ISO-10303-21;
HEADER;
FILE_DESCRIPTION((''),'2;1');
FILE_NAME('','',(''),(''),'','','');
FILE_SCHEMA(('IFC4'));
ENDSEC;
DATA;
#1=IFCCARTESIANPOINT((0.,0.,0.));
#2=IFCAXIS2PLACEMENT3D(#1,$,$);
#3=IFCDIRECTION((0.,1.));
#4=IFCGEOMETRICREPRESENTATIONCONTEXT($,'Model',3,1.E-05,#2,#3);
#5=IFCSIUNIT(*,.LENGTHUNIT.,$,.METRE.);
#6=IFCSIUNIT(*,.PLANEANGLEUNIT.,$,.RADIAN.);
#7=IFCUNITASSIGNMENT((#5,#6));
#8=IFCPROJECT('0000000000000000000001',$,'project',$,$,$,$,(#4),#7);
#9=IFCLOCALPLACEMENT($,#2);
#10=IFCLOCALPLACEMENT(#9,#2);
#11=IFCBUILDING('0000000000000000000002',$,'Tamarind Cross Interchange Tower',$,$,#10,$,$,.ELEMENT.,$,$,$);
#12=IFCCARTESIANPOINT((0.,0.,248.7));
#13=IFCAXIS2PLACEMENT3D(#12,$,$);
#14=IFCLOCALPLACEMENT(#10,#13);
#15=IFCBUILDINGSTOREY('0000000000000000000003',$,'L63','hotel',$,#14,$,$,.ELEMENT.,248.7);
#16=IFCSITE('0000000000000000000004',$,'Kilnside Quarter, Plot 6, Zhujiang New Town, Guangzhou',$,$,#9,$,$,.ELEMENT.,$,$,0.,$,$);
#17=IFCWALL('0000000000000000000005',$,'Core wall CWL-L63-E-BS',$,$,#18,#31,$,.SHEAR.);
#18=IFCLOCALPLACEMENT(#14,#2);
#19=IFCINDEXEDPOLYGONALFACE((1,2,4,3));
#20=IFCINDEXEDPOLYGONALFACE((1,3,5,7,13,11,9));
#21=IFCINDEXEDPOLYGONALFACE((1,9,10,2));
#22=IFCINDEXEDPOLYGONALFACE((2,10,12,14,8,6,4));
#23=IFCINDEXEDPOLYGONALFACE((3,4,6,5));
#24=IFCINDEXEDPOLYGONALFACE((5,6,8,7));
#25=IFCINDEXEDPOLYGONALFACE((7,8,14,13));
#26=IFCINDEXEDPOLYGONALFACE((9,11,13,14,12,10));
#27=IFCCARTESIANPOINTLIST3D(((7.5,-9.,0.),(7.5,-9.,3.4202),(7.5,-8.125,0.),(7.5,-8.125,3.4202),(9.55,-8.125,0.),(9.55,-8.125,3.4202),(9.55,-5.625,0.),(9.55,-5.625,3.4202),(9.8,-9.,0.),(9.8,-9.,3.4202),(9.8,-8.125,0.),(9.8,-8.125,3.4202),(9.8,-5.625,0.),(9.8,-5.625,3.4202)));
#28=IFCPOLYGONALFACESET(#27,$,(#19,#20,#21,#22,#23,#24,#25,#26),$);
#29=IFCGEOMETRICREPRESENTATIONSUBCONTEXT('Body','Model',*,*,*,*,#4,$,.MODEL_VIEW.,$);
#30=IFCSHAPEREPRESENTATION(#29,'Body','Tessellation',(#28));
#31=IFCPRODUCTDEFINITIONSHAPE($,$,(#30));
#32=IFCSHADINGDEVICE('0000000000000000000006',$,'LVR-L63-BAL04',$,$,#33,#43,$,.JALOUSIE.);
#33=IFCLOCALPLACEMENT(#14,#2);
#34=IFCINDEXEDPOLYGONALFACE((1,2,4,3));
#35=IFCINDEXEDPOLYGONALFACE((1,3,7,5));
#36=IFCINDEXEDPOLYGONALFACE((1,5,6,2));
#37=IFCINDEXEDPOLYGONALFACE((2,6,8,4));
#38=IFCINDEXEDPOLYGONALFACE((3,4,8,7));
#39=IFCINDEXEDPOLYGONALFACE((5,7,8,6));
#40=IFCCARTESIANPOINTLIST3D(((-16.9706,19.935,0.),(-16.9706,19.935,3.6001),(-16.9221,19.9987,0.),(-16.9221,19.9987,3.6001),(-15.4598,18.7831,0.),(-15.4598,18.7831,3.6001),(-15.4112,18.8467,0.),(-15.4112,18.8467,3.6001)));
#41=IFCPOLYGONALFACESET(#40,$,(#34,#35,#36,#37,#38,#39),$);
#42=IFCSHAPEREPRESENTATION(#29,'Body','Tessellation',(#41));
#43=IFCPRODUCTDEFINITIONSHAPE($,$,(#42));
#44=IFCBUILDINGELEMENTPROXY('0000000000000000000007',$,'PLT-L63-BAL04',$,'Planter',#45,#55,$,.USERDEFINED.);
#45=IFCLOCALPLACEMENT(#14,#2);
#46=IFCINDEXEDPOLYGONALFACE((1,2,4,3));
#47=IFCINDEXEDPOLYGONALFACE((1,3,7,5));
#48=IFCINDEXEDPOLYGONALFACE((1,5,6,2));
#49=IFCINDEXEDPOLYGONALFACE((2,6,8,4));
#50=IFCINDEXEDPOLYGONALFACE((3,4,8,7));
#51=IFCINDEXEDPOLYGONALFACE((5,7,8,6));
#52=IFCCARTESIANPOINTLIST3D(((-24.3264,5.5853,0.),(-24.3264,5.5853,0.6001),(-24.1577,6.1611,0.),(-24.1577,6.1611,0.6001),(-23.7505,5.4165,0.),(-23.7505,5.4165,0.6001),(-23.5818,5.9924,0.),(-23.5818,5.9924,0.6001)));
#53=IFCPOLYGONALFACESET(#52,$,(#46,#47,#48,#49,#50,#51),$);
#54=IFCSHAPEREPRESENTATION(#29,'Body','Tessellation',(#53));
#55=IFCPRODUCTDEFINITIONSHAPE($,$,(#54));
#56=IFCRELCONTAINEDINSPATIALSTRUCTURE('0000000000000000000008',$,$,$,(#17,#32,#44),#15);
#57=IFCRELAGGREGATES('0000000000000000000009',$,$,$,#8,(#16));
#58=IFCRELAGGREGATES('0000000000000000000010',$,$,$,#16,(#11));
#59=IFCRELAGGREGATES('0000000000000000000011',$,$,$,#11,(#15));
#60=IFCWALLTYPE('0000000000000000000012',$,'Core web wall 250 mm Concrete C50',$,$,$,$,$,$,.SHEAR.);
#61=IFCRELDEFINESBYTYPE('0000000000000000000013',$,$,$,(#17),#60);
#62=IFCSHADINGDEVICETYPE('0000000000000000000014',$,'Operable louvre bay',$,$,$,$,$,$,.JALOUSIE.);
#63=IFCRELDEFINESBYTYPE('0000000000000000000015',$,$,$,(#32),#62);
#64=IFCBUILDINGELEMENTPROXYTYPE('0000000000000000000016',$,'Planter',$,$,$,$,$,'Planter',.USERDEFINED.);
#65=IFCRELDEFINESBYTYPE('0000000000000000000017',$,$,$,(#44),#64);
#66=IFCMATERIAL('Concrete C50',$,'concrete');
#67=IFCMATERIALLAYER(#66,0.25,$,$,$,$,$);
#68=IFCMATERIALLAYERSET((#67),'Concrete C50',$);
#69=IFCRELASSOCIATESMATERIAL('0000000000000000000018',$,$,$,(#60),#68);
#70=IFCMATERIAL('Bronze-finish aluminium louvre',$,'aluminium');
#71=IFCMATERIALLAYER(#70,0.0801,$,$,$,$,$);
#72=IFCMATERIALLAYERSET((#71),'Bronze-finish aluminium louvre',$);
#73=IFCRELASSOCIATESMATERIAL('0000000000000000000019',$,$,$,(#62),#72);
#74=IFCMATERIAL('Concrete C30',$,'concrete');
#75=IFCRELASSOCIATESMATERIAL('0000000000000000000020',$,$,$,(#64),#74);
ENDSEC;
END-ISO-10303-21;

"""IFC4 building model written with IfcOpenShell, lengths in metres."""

from ifc_helpers import new_model, si_unit, direction, frame, origin, origin_2d, place, context, subcontext, project, spatial, polyline, rectangle, outline, extrude, material, layer, layer_set, type_object, element, save


model = new_model("IFC4")

# Units and contexts
model_context = context("Model", 3, precision=1e-05, world=origin(), true_north=direction((0.0, 1.0)))
body_context = subcontext(model_context, "Body", "Model", "MODEL_VIEW")
ifc_project = project(units=[si_unit("LENGTHUNIT", "METRE"), si_unit("PLANEANGLEUNIT", "RADIAN")], contexts=[model_context])

# Site, building, storey
site_placement = place(None, origin())
site = spatial("IfcSite", under=ifc_project, at=site_placement, Name="Kilnside Quarter, Plot 6, Zhujiang New Town, Guangzhou", CompositionType="ELEMENT", RefElevation=0.0)
building_placement = place(site_placement, origin())
building = spatial("IfcBuilding", under=site, at=building_placement, Name="Tamarind Cross Interchange Tower", CompositionType="ELEMENT")
storey_placement = place(building_placement, frame((0.0, 0.0, 248.7)))
storey = spatial("IfcBuildingStorey", under=building, at=storey_placement, Name="L63", Description="hotel", CompositionType="ELEMENT", Elevation=248.7)

# Wall
ifc_material_1 = material(Name="Concrete C50", Category="concrete")
ifc_layer_1 = layer(ifc_material_1, 0.25)
ifc_layer_set_1 = layer_set([ifc_layer_1], Name="Concrete C50")
wall_type_1 = type_object("IfcWallType", Name="Core web wall 250 mm Concrete C50", PredefinedType="SHEAR", material=ifc_layer_set_1)
wall_1_placement = place(storey_placement, origin())
element("IfcWall", 1, at=wall_1_placement, inside=storey, type_object=wall_type_1, Name="Core wall CWL-L63-E-BS", PredefinedType="SHEAR", context=body_context, shape_type="SweptSolid", body=[
    extrude(outline(polyline([(7.5, -8.125), (7.5, -9.0), (9.8, -9.0), (9.8, -8.125), (9.8, -5.625), (9.55, -5.625), (9.55, -8.125), (7.5, -8.125)])), origin(), (0.0, 0.0, 1.0), 3.4202),
])

# Shading device
ifc_material_2 = material(Name="Bronze-finish aluminium louvre", Category="aluminium")
ifc_layer_2 = layer(ifc_material_2, 0.0801)
ifc_layer_set_2 = layer_set([ifc_layer_2], Name="Bronze-finish aluminium louvre")
shading_device_type = type_object("IfcShadingDeviceType", Name="Operable louvre bay", PredefinedType="JALOUSIE", material=ifc_layer_set_2)
shading_device_placement = place(storey_placement, origin())
element("IfcShadingDevice", 2, at=shading_device_placement, inside=storey, type_object=shading_device_type, Name="LVR-L63-BAL04", PredefinedType="JALOUSIE", context=body_context, shape_type="SweptSolid", body=[
    extrude(rectangle(XDim=1.8999, YDim=0.0801, at=origin_2d()), frame((-16.1909, 19.3909, 0.0), z_axis=(0.0, 0.0, 1.0), x_axis=(-0.795219, 0.606322, 0.0)), (0.0, 0.0, 1.0), 3.6001),
])

# Building element proxy
ifc_material_3 = material(Name="Concrete C30", Category="concrete")
building_element_proxy_type = type_object("IfcBuildingElementProxyType", Name="Planter", ElementType="Planter", PredefinedType="USERDEFINED", material=ifc_material_3)
proxy_placement = place(storey_placement, origin())
element("IfcBuildingElementProxy", 3, at=proxy_placement, inside=storey, type_object=building_element_proxy_type, Name="PLT-L63-BAL04", ObjectType="Planter", PredefinedType="USERDEFINED", context=body_context, shape_type="SweptSolid", body=[
    extrude(rectangle(XDim=0.6001, YDim=0.6001, at=origin_2d()), frame((-23.9541, 5.7888, 0.0), z_axis=(0.0, 0.0, 1.0), x_axis=(-0.281209, -0.959647, 0.0)), (0.0, 0.0, 1.0), 0.6001),
])

save(model, "model.ifc")
